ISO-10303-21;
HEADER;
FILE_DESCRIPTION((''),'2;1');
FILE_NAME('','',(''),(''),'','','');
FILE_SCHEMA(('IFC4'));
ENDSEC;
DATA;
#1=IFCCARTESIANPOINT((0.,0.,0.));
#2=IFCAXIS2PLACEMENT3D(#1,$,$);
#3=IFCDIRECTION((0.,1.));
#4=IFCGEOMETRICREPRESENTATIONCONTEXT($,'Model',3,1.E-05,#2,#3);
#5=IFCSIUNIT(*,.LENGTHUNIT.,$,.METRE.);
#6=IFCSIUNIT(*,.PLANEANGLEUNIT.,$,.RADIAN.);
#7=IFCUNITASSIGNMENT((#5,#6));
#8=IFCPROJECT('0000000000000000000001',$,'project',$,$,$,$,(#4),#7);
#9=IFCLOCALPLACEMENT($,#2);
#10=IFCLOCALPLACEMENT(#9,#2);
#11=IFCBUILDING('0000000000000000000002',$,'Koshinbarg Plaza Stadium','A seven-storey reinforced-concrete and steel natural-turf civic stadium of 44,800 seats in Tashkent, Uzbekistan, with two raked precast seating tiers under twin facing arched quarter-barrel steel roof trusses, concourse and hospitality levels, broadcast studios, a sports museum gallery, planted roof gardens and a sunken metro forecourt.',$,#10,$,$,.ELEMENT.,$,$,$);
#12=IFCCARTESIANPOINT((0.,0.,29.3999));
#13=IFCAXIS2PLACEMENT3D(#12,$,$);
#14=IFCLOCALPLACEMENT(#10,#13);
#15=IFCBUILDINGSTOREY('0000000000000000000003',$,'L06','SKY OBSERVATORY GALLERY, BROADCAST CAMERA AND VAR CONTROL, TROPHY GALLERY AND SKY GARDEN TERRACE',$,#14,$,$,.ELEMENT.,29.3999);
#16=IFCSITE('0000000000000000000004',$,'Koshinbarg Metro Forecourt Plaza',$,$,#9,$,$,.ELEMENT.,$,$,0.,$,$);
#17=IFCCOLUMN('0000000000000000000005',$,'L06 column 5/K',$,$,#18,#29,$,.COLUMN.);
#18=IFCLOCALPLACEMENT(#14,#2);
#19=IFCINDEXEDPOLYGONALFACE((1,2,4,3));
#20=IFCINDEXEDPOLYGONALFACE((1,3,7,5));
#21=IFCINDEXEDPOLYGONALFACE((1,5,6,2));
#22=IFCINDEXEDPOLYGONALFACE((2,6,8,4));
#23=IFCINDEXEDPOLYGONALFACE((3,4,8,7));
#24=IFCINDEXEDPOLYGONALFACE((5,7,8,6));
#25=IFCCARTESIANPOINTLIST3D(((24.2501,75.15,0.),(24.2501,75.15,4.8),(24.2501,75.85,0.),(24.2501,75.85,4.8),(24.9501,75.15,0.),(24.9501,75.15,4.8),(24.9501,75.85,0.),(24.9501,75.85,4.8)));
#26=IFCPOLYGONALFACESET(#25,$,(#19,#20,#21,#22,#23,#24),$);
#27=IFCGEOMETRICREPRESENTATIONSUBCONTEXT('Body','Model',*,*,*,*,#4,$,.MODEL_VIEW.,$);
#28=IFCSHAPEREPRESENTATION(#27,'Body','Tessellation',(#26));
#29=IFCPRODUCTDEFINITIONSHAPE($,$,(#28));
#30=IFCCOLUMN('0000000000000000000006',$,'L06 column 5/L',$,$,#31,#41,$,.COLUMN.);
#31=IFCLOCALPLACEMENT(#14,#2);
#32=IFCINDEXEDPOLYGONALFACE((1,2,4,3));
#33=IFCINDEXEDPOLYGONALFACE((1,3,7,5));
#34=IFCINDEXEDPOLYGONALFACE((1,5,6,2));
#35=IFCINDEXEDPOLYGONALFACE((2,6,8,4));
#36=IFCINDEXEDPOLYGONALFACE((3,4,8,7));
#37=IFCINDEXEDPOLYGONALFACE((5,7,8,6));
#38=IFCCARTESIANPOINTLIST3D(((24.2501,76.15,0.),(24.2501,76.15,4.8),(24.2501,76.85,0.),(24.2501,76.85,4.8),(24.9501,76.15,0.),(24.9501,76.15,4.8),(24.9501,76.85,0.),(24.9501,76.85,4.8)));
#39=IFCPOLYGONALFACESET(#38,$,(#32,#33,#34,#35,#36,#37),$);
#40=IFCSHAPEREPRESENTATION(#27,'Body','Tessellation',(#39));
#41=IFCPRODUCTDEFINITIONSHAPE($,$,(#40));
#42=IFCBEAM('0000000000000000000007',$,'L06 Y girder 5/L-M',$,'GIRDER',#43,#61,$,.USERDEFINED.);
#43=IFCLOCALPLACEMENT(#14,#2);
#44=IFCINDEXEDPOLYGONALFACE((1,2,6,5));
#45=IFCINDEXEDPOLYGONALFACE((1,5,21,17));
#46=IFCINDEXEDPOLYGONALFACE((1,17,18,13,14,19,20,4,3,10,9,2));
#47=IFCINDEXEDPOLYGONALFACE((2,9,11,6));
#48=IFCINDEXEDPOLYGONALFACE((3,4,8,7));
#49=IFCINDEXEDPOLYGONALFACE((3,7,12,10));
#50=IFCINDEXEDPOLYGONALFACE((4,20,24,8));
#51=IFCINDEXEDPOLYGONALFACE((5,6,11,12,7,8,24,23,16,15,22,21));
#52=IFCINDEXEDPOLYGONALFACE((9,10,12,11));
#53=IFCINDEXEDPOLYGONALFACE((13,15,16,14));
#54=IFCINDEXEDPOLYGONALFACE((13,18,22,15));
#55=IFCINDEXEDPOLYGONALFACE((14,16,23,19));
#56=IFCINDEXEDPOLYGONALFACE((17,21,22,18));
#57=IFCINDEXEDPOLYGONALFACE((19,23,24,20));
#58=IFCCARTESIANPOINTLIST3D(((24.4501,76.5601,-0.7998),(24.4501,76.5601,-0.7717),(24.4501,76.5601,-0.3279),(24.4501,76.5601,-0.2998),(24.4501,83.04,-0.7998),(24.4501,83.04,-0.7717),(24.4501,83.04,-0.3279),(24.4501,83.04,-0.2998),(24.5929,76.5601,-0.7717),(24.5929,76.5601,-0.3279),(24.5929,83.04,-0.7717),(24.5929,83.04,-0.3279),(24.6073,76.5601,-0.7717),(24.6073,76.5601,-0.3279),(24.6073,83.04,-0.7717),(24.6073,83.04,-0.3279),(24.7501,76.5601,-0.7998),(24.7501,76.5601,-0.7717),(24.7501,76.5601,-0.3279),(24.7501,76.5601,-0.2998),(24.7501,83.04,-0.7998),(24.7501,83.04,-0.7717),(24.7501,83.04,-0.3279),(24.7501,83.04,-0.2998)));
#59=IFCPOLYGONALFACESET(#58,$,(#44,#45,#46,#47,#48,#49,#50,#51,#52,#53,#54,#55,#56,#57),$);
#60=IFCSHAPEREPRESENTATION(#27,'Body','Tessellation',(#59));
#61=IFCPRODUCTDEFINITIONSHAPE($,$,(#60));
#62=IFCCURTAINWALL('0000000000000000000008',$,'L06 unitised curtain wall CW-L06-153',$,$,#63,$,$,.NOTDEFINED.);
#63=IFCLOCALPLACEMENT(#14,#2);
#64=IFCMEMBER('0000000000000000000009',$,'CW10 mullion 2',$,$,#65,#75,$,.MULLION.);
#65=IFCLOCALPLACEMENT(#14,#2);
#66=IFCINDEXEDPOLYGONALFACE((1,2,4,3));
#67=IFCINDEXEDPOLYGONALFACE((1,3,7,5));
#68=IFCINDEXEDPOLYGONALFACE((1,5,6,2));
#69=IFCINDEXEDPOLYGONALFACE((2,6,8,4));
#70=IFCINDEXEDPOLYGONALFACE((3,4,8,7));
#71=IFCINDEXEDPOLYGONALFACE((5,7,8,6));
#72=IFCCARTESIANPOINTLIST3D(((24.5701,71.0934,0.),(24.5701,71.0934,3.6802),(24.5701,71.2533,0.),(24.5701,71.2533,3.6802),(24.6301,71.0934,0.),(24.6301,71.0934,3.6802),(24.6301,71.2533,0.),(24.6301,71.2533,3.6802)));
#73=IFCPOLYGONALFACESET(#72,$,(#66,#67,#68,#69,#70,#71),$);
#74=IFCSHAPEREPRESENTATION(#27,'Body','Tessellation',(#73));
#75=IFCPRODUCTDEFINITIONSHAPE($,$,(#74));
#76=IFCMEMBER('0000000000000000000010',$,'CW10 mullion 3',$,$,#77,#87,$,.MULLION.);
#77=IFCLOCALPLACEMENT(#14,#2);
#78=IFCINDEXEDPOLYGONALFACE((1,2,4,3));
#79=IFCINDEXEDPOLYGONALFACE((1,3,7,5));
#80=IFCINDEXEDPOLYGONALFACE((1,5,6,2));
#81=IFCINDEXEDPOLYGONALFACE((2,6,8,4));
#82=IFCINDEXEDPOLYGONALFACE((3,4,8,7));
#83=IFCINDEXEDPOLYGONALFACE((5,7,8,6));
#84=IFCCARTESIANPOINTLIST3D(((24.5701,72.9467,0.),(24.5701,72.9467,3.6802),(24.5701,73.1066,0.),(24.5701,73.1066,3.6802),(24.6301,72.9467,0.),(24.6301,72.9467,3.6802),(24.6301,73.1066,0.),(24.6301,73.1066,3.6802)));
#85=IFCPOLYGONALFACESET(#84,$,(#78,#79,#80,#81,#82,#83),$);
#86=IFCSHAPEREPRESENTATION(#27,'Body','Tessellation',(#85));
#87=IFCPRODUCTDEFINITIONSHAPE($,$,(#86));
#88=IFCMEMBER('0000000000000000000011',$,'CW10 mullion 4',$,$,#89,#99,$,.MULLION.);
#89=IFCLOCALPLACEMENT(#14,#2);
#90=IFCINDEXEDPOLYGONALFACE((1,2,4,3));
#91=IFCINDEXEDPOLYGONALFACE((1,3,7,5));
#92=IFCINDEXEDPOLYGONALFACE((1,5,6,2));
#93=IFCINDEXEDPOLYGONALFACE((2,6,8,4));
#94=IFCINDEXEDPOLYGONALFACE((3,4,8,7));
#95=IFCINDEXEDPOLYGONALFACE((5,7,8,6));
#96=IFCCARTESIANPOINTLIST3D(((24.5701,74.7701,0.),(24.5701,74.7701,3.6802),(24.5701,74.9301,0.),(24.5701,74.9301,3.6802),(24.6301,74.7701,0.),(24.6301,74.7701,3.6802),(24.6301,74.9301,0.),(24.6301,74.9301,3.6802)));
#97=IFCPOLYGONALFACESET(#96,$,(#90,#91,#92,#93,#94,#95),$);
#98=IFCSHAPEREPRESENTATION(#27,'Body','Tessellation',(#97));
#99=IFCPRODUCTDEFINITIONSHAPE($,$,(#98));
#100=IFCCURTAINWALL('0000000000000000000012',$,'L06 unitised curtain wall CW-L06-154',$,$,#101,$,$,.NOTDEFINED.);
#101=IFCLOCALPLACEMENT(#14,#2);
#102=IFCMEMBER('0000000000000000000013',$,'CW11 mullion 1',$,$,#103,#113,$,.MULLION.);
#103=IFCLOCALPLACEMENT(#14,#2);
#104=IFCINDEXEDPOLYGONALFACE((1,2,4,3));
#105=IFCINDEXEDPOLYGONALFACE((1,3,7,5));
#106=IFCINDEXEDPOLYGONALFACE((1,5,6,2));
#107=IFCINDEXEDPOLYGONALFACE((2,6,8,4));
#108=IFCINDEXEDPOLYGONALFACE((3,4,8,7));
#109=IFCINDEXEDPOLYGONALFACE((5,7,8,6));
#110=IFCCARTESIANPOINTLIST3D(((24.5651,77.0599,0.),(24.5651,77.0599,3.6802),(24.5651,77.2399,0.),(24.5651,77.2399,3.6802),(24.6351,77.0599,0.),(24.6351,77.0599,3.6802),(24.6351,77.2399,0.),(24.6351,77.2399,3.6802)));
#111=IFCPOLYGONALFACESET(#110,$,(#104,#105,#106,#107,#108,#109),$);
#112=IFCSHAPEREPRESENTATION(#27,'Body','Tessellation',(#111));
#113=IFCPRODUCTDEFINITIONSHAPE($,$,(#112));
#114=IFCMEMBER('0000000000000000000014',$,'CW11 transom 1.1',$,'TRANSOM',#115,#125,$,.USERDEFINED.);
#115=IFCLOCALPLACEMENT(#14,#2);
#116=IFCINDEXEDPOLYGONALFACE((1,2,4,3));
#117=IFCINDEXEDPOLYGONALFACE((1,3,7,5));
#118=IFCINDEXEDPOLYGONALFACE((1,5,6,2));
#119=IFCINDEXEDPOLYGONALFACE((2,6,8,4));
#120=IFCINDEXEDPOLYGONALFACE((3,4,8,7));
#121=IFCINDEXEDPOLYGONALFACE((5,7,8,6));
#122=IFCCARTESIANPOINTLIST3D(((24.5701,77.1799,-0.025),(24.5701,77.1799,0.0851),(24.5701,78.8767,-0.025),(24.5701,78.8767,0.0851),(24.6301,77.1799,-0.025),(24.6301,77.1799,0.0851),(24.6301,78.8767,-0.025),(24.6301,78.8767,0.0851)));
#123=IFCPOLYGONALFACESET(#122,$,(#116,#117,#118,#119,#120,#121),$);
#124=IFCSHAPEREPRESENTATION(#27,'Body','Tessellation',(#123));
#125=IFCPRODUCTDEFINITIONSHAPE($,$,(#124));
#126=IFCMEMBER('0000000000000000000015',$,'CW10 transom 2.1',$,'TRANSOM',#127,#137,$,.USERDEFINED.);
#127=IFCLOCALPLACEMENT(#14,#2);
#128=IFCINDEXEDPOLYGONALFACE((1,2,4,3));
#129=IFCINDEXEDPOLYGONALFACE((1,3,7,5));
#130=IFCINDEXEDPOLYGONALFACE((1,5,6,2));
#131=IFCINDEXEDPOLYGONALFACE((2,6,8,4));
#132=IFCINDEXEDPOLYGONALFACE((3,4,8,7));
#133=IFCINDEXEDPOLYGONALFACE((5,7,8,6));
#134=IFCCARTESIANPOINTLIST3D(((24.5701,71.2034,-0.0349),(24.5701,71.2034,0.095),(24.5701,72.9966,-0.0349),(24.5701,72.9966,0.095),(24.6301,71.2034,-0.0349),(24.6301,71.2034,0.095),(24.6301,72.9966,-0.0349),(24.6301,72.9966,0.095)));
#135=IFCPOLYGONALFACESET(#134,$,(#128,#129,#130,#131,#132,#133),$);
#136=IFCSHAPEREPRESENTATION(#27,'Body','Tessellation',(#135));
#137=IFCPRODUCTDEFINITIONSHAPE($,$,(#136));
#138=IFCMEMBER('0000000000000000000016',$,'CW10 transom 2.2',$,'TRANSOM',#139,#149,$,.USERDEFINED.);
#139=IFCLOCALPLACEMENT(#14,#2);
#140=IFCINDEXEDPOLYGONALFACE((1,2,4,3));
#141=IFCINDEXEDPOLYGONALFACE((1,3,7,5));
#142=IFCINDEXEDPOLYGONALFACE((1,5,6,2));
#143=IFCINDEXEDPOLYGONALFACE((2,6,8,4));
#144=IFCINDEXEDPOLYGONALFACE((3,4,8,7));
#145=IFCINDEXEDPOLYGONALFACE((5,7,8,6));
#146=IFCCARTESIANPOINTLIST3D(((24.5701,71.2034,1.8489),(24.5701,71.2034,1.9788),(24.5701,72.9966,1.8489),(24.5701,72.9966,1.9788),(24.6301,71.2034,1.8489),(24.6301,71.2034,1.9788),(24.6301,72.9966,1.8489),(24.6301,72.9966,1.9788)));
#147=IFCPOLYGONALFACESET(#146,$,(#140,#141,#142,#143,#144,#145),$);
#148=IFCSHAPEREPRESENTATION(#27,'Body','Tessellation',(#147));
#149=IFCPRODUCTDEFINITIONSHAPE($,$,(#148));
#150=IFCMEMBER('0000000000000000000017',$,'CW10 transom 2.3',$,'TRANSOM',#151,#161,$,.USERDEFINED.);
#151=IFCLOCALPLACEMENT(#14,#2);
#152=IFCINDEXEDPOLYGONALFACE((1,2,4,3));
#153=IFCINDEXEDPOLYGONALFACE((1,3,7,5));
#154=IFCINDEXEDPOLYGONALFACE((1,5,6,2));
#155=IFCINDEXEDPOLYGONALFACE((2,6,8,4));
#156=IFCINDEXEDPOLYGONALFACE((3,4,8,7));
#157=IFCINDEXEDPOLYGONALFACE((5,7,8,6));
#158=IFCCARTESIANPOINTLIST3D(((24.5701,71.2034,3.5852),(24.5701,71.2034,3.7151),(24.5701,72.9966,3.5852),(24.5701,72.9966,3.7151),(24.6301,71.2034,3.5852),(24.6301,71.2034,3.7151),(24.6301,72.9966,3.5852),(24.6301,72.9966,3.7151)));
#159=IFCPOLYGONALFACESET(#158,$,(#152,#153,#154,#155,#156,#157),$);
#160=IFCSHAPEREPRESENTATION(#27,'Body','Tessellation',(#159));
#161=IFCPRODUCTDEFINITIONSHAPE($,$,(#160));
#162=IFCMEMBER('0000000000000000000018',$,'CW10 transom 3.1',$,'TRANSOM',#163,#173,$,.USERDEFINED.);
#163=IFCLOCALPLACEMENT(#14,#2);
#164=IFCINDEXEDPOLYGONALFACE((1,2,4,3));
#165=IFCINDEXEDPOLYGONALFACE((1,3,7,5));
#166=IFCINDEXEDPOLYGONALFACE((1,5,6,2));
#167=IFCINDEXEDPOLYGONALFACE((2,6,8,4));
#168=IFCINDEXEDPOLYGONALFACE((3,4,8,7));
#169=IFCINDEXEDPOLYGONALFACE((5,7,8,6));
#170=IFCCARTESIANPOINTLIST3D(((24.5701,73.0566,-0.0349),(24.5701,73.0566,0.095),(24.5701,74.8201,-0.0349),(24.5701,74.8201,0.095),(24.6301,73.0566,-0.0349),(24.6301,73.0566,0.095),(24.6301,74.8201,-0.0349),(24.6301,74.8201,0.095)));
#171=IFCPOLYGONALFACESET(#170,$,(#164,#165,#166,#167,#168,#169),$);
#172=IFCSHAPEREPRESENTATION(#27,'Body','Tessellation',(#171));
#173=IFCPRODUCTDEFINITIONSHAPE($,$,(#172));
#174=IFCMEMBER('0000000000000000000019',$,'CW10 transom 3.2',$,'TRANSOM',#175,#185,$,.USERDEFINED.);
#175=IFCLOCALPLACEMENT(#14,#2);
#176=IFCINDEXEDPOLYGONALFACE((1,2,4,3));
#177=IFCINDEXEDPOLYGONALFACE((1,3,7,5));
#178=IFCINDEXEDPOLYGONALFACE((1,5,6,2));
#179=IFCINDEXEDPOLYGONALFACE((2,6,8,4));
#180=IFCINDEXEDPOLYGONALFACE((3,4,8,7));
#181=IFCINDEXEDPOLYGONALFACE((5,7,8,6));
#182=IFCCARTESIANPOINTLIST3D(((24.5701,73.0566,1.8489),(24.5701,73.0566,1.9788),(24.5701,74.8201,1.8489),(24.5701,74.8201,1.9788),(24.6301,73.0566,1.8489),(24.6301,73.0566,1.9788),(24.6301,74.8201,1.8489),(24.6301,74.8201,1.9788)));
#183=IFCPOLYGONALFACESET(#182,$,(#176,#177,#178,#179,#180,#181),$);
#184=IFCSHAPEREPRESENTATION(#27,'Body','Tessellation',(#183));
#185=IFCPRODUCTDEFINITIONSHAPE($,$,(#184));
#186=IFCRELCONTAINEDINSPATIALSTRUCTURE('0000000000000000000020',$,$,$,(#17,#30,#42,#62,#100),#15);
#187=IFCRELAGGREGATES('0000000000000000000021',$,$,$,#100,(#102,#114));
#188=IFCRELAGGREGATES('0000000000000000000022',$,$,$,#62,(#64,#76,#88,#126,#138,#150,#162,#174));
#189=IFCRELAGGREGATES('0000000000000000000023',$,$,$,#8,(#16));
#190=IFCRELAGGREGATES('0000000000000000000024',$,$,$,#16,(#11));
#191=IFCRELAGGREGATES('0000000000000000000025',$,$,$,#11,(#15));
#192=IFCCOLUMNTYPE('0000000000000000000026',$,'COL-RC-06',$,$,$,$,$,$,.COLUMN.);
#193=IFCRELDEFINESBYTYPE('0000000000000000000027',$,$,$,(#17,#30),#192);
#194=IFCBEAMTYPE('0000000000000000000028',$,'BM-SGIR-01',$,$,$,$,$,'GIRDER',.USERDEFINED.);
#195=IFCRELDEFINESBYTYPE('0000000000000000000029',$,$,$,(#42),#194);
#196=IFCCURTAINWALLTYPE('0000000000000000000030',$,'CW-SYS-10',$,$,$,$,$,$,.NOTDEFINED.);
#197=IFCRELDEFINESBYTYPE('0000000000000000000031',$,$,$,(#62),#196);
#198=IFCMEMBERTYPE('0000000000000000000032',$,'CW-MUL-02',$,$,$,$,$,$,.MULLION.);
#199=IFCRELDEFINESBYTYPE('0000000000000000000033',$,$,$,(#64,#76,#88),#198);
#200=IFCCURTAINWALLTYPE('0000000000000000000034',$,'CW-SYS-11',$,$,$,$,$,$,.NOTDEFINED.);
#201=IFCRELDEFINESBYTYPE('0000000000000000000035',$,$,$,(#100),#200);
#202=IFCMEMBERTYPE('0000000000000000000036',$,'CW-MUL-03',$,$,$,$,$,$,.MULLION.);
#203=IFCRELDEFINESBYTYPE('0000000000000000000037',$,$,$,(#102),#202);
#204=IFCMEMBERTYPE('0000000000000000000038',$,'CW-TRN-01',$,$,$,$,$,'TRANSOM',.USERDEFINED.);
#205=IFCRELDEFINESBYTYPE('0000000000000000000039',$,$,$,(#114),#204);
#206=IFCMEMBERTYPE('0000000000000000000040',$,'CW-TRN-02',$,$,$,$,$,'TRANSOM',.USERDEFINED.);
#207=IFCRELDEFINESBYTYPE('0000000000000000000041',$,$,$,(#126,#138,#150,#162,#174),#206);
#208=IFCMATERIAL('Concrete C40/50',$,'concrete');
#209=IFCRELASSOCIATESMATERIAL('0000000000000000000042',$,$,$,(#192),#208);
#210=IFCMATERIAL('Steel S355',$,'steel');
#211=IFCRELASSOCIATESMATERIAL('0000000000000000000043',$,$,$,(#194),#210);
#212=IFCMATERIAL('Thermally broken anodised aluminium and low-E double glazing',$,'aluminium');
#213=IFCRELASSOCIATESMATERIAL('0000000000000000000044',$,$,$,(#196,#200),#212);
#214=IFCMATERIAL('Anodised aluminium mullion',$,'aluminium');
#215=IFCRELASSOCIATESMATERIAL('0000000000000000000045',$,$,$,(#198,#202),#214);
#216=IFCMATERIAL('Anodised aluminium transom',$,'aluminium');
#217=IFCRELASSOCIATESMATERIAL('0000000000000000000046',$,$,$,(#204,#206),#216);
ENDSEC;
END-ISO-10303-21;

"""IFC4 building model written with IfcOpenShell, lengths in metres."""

from ifc_helpers import new_model, si_unit, direction, frame, origin, origin_2d, place, context, subcontext, project, spatial, rectangle, i_section, extrude, material, material_profile, profile_set, type_object, element, aggregate, save


model = new_model("IFC4")

# Units and contexts
model_context = context("Model", 3, precision=1e-05, world=origin(), true_north=direction((0.0, 1.0)))
body_context = subcontext(model_context, "Body", "Model", "MODEL_VIEW")
ifc_project = project(units=[si_unit("LENGTHUNIT", "METRE"), si_unit("PLANEANGLEUNIT", "RADIAN")], contexts=[model_context])

# Site, building, storey
site_placement = place(None, origin())
site = spatial("IfcSite", under=ifc_project, at=site_placement, Name="Koshinbarg Metro Forecourt Plaza", CompositionType="ELEMENT", RefElevation=0.0)
building_placement = place(site_placement, origin())
building = spatial("IfcBuilding", under=site, at=building_placement, Name="Koshinbarg Plaza Stadium", Description="A seven-storey reinforced-concrete and steel natural-turf civic stadium of 44,800 seats in Tashkent, Uzbekistan, with two raked precast seating tiers under twin facing arched quarter-barrel steel roof trusses, concourse and hospitality levels, broadcast studios, a sports museum gallery, planted roof gardens and a sunken metro forecourt.", CompositionType="ELEMENT")
storey_placement = place(building_placement, frame((0.0, 0.0, 29.3999)))
storey = spatial("IfcBuildingStorey", under=building, at=storey_placement, Name="L06", Description="SKY OBSERVATORY GALLERY, BROADCAST CAMERA AND VAR CONTROL, TROPHY GALLERY AND SKY GARDEN TERRACE", CompositionType="ELEMENT", Elevation=29.3999)

# Columns
ifc_material_1 = material(Name="Concrete C40/50", Category="concrete")
ifc_material_profile_1 = material_profile(ifc_material_1, rectangle(XDim=0.7, YDim=0.7, at=origin_2d()), Name="RC 700x700")
ifc_profile_set_1 = profile_set([ifc_material_profile_1], Name="Concrete C40/50")
column_type = type_object("IfcColumnType", Name="COL-RC-06", PredefinedType="COLUMN", material=ifc_profile_set_1)
for number, where, z_axis, x_axis, name in (
    (1, (24.6001, 75.5, 0.0), (0.0, 0.0, 1.0), (1.0, 0.0, 0.0), "L06 column 5/K"),
    (2, (24.6001, 76.5, 0.0), (0.0, 0.0, 1.0), (1.0, 0.0, 0.0), "L06 column 5/L"),
):
    element("IfcColumn", number, at=place(storey_placement, frame(where, z_axis=z_axis, x_axis=x_axis)), inside=storey, type_object=column_type, Name=name, PredefinedType="COLUMN", context=body_context, shape_type="SweptSolid", body=[
        extrude(rectangle(XDim=0.7, YDim=0.7, at=origin_2d()), origin(), (0.0, 0.0, 1.0), 4.8),
    ])

# Beam
ifc_material_2 = material(Name="Steel S355", Category="steel")
ifc_material_profile_2 = material_profile(ifc_material_2, i_section(OverallWidth=0.3, OverallDepth=0.5, WebThickness=0.0144, FlangeThickness=0.0281, at=origin_2d()), Name="HEB 500")
ifc_profile_set_2 = profile_set([ifc_material_profile_2], Name="Steel S355")
beam_type = type_object("IfcBeamType", Name="BM-SGIR-01", ElementType="GIRDER", PredefinedType="USERDEFINED", material=ifc_profile_set_2)
beam_placement = place(storey_placement, frame((24.6001, 76.5601, -0.5498), z_axis=(0.0, 1.0, 0.0), x_axis=(-1.0, 0.0, 0.0)))
element("IfcBeam", 3, at=beam_placement, inside=storey, type_object=beam_type, Name="L06 Y girder 5/L-M", ObjectType="GIRDER", PredefinedType="USERDEFINED", context=body_context, shape_type="SweptSolid", body=[
    extrude(i_section(OverallWidth=0.3, OverallDepth=0.5, WebThickness=0.0144, FlangeThickness=0.0281, at=origin_2d()), origin(), (0.0, 0.0, 1.0), 6.48),
])

# Curtain walls, members
ifc_material_3 = material(Name="Thermally broken anodised aluminium and low-E double glazing", Category="aluminium")
curtain_wall_type_1 = type_object("IfcCurtainWallType", Name="CW-SYS-10", PredefinedType="NOTDEFINED", material=ifc_material_3)
curtain_wall_1_placement = place(storey_placement, origin())
curtain_wall_1 = element("IfcCurtainWall", 4, at=curtain_wall_1_placement, inside=storey, type_object=curtain_wall_type_1, Name="L06 unitised curtain wall CW-L06-153", PredefinedType="NOTDEFINED")
ifc_material_4 = material(Name="Anodised aluminium mullion", Category="aluminium")
ifc_material_profile_3 = material_profile(ifc_material_4, rectangle(XDim=0.0601, YDim=0.1599, at=origin_2d()), Name="ALU 60x160")
ifc_profile_set_3 = profile_set([ifc_material_profile_3], Name="Anodised aluminium mullion")
member_type_1 = type_object("IfcMemberType", Name="CW-MUL-02", PredefinedType="MULLION", material=ifc_profile_set_3)
member_1_placement = place(storey_placement, frame((24.6001, 71.1733, 0.0), z_axis=(0.0, 0.0, 1.0), x_axis=(-1.0, 0.0, 0.0)))
member_1 = element("IfcMember", 5, at=member_1_placement, type_object=member_type_1, Name="CW10 mullion 2", PredefinedType="MULLION", context=body_context, shape_type="SweptSolid", body=[
    extrude(rectangle(XDim=0.0601, YDim=0.1599, at=origin_2d()), origin(), (0.0, 0.0, 1.0), 3.6802),
])
member_2_placement = place(storey_placement, frame((24.6001, 73.0266, 0.0), z_axis=(0.0, 0.0, 1.0), x_axis=(-1.0, 0.0, 0.0)))
member_2 = element("IfcMember", 6, at=member_2_placement, type_object=member_type_1, Name="CW10 mullion 3", PredefinedType="MULLION", context=body_context, shape_type="SweptSolid", body=[
    extrude(rectangle(XDim=0.0601, YDim=0.1599, at=origin_2d()), origin(), (0.0, 0.0, 1.0), 3.6802),
])
member_3_placement = place(storey_placement, frame((24.6001, 74.8501, 0.0), z_axis=(0.0, 0.0, 1.0), x_axis=(-1.0, 0.0, 0.0)))
member_3 = element("IfcMember", 7, at=member_3_placement, type_object=member_type_1, Name="CW10 mullion 4", PredefinedType="MULLION", context=body_context, shape_type="SweptSolid", body=[
    extrude(rectangle(XDim=0.0601, YDim=0.1599, at=origin_2d()), origin(), (0.0, 0.0, 1.0), 3.6802),
])
curtain_wall_type_2 = type_object("IfcCurtainWallType", Name="CW-SYS-11", PredefinedType="NOTDEFINED", material=ifc_material_3)
curtain_wall_2_placement = place(storey_placement, origin())
curtain_wall_2 = element("IfcCurtainWall", 8, at=curtain_wall_2_placement, inside=storey, type_object=curtain_wall_type_2, Name="L06 unitised curtain wall CW-L06-154", PredefinedType="NOTDEFINED")
ifc_material_profile_4 = material_profile(ifc_material_4, rectangle(XDim=0.0701, YDim=0.1799, at=origin_2d()), Name="ALU 70x180")
ifc_profile_set_4 = profile_set([ifc_material_profile_4], Name="Anodised aluminium mullion")
member_type_2 = type_object("IfcMemberType", Name="CW-MUL-03", PredefinedType="MULLION", material=ifc_profile_set_4)
member_4_placement = place(storey_placement, frame((24.6001, 77.1499, 0.0), z_axis=(0.0, 0.0, 1.0), x_axis=(-1.0, 0.0, 0.0)))
member_4 = element("IfcMember", 9, at=member_4_placement, type_object=member_type_2, Name="CW11 mullion 1", PredefinedType="MULLION", context=body_context, shape_type="SweptSolid", body=[
    extrude(rectangle(XDim=0.0701, YDim=0.1799, at=origin_2d()), origin(), (0.0, 0.0, 1.0), 3.6802),
])
ifc_material_5 = material(Name="Anodised aluminium transom", Category="aluminium")
ifc_material_profile_5 = material_profile(ifc_material_5, rectangle(XDim=0.0601, YDim=0.1101, at=origin_2d()), Name="ALU 60x110")
ifc_profile_set_5 = profile_set([ifc_material_profile_5], Name="Anodised aluminium transom")
member_type_3 = type_object("IfcMemberType", Name="CW-TRN-01", ElementType="TRANSOM", PredefinedType="USERDEFINED", material=ifc_profile_set_5)
member_5_placement = place(storey_placement, frame((24.6001, 77.1799, 0.03), z_axis=(0.0, 1.0, 0.0), x_axis=(-1.0, 0.0, 0.0)))
member_5 = element("IfcMember", 10, at=member_5_placement, type_object=member_type_3, Name="CW11 transom 1.1", ObjectType="TRANSOM", PredefinedType="USERDEFINED", context=body_context, shape_type="SweptSolid", body=[
    extrude(rectangle(XDim=0.0601, YDim=0.1101, at=origin_2d()), origin(), (0.0, 0.0, 1.0), 1.6968),
])
aggregate(curtain_wall_2, [member_4, member_5])

# Members
ifc_material_profile_6 = material_profile(ifc_material_5, rectangle(XDim=0.0601, YDim=0.1299, at=origin_2d()), Name="ALU 60x130")
ifc_profile_set_6 = profile_set([ifc_material_profile_6], Name="Anodised aluminium transom")
member_type_4 = type_object("IfcMemberType", Name="CW-TRN-02", ElementType="TRANSOM", PredefinedType="USERDEFINED", material=ifc_profile_set_6)
member_6_placement = place(storey_placement, frame((24.6001, 71.2034, 0.03), z_axis=(0.0, 1.0, 0.0), x_axis=(-1.0, 0.0, 0.0)))
member_6 = element("IfcMember", 11, at=member_6_placement, type_object=member_type_4, Name="CW10 transom 2.1", ObjectType="TRANSOM", PredefinedType="USERDEFINED", context=body_context, shape_type="SweptSolid", body=[
    extrude(rectangle(XDim=0.0601, YDim=0.1299, at=origin_2d()), origin(), (0.0, 0.0, 1.0), 1.7932),
])
member_7_placement = place(storey_placement, frame((24.6001, 71.2034, 1.9138), z_axis=(0.0, 1.0, 0.0), x_axis=(-1.0, 0.0, 0.0)))
member_7 = element("IfcMember", 12, at=member_7_placement, type_object=member_type_4, Name="CW10 transom 2.2", ObjectType="TRANSOM", PredefinedType="USERDEFINED", context=body_context, shape_type="SweptSolid", body=[
    extrude(rectangle(XDim=0.0601, YDim=0.1299, at=origin_2d()), origin(), (0.0, 0.0, 1.0), 1.7932),
])
member_8_placement = place(storey_placement, frame((24.6001, 71.2034, 3.6501), z_axis=(0.0, 1.0, 0.0), x_axis=(-1.0, 0.0, 0.0)))
member_8 = element("IfcMember", 13, at=member_8_placement, type_object=member_type_4, Name="CW10 transom 2.3", ObjectType="TRANSOM", PredefinedType="USERDEFINED", context=body_context, shape_type="SweptSolid", body=[
    extrude(rectangle(XDim=0.0601, YDim=0.1299, at=origin_2d()), origin(), (0.0, 0.0, 1.0), 1.7932),
])
member_9_placement = place(storey_placement, frame((24.6001, 73.0566, 0.03), z_axis=(0.0, 1.0, 0.0), x_axis=(-1.0, 0.0, 0.0)))
member_9 = element("IfcMember", 14, at=member_9_placement, type_object=member_type_4, Name="CW10 transom 3.1", ObjectType="TRANSOM", PredefinedType="USERDEFINED", context=body_context, shape_type="SweptSolid", body=[
    extrude(rectangle(XDim=0.0601, YDim=0.1299, at=origin_2d()), origin(), (0.0, 0.0, 1.0), 1.7634),
])
member_10_placement = place(storey_placement, frame((24.6001, 73.0566, 1.9138), z_axis=(0.0, 1.0, 0.0), x_axis=(-1.0, 0.0, 0.0)))
member_10 = element("IfcMember", 15, at=member_10_placement, type_object=member_type_4, Name="CW10 transom 3.2", ObjectType="TRANSOM", PredefinedType="USERDEFINED", context=body_context, shape_type="SweptSolid", body=[
    extrude(rectangle(XDim=0.0601, YDim=0.1299, at=origin_2d()), origin(), (0.0, 0.0, 1.0), 1.7634),
])

aggregate(curtain_wall_1, [member_1, member_2, member_3, member_6, member_7, member_8, member_9, member_10])

save(model, "model.ifc")
